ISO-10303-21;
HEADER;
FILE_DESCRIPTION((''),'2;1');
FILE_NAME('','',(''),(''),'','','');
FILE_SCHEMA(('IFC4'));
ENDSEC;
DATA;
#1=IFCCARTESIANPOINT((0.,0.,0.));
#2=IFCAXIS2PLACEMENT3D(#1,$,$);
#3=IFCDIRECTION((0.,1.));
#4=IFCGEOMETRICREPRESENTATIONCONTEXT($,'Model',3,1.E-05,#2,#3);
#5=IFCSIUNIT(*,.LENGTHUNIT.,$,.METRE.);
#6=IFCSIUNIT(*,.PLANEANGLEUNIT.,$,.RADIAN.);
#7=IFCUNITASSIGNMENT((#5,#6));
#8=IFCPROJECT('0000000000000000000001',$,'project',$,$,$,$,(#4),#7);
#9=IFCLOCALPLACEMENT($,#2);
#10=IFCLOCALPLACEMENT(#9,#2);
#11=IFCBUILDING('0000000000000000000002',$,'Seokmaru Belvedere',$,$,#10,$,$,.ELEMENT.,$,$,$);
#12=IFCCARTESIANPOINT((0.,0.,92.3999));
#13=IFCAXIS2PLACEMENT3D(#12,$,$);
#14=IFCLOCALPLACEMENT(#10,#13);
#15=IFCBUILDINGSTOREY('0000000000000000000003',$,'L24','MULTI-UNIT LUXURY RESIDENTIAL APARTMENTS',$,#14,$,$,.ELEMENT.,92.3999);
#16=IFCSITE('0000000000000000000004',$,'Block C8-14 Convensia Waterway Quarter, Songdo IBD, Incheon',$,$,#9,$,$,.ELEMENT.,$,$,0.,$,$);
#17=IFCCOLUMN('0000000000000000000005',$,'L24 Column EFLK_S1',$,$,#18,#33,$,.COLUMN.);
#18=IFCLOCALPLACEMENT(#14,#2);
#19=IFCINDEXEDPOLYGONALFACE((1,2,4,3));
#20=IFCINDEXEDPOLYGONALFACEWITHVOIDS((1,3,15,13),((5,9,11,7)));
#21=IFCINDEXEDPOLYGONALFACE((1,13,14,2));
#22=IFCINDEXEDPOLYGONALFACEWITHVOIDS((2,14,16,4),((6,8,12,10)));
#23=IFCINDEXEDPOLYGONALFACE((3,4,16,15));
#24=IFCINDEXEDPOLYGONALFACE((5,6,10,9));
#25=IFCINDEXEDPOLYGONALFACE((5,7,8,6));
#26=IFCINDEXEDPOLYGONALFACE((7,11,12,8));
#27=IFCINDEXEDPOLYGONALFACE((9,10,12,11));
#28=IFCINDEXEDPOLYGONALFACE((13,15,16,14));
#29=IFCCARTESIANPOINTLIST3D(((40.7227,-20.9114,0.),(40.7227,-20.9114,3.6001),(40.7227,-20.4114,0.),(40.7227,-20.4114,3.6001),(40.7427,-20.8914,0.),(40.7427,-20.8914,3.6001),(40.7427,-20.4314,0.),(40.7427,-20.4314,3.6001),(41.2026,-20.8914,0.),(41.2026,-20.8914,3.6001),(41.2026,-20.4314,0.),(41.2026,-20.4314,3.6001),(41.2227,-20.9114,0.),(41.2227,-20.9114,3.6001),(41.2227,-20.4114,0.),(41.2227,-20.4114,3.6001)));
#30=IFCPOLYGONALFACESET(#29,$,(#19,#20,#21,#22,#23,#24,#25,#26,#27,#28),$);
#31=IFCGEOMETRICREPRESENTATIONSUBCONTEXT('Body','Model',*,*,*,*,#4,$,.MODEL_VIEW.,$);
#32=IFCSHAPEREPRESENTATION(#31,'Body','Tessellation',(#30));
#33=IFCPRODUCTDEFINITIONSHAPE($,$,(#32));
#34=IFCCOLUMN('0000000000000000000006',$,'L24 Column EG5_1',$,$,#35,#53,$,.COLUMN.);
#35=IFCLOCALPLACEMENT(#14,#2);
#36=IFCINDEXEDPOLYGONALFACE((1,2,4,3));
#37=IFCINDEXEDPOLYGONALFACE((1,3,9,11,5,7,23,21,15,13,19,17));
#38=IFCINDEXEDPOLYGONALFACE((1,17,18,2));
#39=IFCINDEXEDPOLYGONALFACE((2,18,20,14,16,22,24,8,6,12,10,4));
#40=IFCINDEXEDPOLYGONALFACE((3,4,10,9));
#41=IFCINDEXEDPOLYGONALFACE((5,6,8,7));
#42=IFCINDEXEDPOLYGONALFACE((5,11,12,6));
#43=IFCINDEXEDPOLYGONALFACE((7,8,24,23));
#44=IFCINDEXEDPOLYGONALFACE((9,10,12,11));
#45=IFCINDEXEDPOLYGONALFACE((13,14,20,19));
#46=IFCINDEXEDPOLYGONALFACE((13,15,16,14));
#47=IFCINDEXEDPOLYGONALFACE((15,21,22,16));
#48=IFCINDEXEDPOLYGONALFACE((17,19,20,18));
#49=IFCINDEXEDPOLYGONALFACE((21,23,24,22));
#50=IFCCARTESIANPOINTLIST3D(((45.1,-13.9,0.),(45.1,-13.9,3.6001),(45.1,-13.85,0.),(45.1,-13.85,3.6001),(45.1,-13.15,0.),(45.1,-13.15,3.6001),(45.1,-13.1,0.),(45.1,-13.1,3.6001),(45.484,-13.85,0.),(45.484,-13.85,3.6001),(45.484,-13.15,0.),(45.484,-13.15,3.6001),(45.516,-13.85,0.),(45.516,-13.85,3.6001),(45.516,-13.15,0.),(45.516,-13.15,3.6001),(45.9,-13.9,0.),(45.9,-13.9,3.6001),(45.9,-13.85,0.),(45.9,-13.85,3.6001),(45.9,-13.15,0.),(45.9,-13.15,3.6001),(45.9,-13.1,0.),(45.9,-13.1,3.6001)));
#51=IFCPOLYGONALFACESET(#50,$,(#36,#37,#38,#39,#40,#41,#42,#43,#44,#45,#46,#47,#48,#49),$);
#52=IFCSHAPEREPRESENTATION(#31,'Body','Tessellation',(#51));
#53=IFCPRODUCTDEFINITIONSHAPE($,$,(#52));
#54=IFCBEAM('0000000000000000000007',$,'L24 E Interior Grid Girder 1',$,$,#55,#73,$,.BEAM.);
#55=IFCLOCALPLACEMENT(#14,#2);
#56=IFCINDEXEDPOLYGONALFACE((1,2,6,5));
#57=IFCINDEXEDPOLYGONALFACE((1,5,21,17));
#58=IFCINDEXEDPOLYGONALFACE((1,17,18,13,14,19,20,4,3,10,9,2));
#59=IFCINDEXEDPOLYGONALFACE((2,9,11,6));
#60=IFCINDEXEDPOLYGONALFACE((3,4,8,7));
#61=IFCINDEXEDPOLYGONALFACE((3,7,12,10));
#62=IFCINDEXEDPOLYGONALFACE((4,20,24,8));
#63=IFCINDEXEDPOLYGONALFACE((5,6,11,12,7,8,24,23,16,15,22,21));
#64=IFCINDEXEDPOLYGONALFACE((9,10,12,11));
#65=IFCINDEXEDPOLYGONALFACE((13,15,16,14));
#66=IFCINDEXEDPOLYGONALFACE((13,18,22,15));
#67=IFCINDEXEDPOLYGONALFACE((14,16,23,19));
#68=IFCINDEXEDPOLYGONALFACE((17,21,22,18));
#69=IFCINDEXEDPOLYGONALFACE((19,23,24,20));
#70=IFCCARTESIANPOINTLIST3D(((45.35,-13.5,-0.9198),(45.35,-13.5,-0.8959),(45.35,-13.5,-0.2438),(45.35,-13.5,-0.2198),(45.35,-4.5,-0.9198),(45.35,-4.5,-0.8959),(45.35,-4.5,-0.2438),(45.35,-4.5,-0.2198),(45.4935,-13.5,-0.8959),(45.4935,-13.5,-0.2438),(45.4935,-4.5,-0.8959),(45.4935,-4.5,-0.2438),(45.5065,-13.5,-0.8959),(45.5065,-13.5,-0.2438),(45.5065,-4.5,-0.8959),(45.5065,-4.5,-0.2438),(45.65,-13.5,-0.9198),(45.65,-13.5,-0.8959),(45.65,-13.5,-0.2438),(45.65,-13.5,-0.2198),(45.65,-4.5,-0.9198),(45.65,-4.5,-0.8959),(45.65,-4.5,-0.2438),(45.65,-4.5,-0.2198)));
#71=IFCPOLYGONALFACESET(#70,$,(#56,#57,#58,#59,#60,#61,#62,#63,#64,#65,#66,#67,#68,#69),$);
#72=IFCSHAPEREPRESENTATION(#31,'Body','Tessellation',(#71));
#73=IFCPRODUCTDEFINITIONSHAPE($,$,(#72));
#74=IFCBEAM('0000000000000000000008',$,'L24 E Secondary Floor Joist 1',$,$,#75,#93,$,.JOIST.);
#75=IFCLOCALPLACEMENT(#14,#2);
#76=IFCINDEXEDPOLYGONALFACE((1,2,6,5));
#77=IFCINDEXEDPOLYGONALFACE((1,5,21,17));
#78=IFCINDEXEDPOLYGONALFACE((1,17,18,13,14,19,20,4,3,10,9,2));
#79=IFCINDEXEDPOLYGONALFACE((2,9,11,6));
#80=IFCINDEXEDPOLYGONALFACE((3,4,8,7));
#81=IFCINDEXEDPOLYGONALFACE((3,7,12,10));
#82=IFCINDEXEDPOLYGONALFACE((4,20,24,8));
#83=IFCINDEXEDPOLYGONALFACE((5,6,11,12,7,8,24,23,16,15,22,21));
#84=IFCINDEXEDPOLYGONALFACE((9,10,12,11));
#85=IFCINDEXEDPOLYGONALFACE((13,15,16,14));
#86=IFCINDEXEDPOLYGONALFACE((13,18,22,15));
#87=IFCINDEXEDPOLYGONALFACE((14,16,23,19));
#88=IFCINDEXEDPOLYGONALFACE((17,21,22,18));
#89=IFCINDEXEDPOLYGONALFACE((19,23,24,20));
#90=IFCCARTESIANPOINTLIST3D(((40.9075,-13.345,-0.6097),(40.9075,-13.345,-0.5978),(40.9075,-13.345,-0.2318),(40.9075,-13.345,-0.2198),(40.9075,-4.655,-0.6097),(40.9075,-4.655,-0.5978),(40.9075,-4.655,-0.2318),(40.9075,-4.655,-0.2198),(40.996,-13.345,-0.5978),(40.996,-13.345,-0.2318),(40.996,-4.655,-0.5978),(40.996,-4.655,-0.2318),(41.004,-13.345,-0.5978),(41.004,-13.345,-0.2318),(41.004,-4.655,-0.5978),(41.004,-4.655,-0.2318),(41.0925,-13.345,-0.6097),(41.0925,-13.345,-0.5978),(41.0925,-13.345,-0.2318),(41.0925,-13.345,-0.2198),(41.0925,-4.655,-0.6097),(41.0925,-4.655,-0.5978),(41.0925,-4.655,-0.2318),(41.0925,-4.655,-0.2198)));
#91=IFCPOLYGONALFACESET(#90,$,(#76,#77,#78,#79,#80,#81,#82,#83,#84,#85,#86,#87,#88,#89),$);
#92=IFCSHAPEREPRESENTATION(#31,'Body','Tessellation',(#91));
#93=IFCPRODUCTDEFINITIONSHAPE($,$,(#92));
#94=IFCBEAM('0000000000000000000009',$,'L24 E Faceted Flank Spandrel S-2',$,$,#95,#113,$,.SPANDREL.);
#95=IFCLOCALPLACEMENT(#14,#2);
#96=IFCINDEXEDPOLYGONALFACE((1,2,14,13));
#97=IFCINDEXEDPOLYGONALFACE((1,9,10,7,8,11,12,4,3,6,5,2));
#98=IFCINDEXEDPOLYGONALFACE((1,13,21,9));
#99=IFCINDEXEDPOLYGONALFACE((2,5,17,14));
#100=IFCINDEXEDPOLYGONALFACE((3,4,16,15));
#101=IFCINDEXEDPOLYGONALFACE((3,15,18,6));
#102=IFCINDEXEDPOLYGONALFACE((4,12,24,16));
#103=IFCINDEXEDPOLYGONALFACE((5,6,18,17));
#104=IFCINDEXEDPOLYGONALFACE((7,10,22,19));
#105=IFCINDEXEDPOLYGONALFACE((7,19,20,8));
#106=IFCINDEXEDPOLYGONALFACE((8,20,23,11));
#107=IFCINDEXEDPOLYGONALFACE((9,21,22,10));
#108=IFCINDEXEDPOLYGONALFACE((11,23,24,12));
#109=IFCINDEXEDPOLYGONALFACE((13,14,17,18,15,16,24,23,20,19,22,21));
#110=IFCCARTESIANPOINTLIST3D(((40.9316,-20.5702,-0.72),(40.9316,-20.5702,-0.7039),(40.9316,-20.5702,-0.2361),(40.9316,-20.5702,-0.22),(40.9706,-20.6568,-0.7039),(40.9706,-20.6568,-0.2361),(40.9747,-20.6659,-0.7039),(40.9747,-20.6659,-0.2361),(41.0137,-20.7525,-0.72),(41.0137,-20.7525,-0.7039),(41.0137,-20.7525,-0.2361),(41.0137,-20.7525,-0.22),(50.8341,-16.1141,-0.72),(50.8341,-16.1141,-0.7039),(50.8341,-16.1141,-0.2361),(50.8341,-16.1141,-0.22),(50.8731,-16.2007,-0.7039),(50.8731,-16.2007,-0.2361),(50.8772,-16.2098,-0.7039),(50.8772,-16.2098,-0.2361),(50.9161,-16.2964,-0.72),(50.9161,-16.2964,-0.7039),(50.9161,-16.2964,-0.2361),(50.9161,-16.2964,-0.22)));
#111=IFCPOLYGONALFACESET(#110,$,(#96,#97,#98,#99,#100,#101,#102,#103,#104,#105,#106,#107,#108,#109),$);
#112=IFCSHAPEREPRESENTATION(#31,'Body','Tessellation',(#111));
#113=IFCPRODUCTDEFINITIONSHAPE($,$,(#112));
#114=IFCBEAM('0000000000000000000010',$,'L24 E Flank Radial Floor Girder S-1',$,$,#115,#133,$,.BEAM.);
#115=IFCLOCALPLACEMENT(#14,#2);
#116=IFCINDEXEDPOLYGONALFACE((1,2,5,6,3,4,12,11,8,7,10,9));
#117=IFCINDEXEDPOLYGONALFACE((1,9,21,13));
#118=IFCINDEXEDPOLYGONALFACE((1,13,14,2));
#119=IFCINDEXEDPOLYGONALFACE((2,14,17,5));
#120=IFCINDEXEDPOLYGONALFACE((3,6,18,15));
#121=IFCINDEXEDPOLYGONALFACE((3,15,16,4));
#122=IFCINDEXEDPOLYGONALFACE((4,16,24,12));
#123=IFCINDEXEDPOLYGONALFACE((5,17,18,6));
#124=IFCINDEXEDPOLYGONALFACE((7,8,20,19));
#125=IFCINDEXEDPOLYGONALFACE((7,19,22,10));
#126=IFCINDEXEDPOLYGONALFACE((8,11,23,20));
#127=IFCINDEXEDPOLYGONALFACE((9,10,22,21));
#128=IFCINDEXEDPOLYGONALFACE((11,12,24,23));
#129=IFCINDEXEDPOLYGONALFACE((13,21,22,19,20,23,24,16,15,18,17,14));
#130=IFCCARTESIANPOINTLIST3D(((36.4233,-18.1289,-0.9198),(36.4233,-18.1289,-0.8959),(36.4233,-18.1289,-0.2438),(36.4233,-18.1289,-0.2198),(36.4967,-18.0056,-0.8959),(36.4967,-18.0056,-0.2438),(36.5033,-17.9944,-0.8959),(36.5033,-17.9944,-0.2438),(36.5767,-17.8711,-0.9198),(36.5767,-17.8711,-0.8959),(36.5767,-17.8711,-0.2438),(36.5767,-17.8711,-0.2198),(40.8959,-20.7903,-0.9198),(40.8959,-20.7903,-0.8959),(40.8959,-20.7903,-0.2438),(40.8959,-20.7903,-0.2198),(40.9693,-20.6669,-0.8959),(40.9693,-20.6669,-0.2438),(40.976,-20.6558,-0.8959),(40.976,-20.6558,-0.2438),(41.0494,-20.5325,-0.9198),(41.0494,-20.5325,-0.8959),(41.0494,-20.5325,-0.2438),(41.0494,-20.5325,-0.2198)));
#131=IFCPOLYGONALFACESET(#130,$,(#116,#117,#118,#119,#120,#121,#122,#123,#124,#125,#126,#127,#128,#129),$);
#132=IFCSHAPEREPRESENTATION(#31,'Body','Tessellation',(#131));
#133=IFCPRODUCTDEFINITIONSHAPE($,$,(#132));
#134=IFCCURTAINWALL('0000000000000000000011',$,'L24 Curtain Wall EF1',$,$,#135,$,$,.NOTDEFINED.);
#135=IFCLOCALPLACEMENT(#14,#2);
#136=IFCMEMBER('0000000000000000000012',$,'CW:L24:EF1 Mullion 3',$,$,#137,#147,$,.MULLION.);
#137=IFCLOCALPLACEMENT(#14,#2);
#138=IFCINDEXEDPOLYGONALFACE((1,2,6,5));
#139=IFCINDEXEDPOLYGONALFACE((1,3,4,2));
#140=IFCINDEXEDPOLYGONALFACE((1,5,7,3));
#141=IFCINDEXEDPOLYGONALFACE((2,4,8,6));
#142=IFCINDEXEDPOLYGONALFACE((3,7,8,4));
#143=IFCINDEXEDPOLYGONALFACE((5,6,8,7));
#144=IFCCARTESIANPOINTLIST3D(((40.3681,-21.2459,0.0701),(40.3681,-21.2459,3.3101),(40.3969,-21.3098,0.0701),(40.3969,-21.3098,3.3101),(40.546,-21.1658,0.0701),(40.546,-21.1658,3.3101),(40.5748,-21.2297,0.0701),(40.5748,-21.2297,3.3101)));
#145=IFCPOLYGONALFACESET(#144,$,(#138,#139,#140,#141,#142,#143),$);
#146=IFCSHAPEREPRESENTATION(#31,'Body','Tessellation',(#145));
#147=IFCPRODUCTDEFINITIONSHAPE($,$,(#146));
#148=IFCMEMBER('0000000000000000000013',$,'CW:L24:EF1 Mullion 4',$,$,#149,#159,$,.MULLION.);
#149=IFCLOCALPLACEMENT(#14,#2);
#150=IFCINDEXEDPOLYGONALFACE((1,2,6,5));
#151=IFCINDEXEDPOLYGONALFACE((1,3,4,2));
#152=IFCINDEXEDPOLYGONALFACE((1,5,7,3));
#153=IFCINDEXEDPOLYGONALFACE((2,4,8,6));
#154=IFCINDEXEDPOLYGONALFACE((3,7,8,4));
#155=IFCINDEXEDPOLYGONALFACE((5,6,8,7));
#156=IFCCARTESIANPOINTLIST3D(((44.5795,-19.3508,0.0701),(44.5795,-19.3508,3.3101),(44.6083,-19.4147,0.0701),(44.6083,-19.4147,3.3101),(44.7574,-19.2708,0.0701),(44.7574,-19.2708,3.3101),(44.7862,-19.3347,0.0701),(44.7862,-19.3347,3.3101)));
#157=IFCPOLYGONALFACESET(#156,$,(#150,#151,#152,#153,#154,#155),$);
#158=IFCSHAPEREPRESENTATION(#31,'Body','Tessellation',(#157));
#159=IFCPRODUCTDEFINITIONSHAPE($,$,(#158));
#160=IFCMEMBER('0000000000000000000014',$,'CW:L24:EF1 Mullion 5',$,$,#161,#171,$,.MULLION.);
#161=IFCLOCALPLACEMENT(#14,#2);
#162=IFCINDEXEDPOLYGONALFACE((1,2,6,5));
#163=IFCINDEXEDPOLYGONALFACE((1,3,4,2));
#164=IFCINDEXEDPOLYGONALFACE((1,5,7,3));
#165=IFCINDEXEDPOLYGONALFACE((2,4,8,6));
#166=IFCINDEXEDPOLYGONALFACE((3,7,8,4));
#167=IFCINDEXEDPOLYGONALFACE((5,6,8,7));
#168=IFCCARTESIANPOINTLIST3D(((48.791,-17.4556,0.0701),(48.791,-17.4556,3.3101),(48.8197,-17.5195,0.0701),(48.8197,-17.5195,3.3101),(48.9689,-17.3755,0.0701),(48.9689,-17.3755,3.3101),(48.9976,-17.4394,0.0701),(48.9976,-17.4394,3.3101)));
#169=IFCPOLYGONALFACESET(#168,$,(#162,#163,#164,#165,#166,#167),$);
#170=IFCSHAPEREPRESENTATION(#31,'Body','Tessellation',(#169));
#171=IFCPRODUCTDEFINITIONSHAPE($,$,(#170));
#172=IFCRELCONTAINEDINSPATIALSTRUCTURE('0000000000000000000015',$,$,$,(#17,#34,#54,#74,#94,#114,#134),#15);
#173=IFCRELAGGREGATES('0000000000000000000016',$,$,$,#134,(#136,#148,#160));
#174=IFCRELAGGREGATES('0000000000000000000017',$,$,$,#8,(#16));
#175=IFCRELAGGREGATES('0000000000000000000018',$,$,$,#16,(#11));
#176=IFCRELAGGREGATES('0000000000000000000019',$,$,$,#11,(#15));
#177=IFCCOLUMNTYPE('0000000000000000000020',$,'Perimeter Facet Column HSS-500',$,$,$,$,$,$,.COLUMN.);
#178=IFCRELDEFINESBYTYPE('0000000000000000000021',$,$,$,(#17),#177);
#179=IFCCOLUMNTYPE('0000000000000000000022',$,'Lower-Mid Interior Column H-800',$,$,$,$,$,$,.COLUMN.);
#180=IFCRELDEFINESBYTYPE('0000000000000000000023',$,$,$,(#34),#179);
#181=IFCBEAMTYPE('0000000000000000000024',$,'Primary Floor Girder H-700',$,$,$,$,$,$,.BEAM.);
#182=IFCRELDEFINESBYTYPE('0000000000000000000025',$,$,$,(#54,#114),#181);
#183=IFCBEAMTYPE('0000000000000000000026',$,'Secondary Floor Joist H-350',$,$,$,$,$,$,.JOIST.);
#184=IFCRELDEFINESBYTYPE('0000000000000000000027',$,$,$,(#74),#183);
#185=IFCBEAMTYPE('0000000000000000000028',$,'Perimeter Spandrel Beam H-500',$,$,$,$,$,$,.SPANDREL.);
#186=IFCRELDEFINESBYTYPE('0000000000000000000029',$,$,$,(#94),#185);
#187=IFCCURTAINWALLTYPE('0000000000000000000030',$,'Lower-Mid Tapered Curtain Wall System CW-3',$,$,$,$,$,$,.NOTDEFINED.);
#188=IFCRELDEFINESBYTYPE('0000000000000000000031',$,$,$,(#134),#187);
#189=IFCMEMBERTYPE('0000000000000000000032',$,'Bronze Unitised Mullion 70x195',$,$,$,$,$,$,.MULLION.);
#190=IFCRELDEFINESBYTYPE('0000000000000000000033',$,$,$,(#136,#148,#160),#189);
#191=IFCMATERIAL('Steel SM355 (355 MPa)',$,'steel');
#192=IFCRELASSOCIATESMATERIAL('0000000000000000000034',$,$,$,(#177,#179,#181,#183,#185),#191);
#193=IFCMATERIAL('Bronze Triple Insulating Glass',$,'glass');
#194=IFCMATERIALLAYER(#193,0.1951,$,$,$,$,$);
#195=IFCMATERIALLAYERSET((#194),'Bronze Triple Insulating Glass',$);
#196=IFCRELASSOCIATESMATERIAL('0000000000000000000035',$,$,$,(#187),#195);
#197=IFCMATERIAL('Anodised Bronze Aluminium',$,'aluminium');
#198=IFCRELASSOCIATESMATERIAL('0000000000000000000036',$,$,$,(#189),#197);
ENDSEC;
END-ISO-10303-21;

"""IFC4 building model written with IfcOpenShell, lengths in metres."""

from ifc_helpers import new_model, si_unit, direction, frame, origin, origin_2d, place, context, subcontext, project, spatial, rectangle, hollow_rectangle, i_section, extrude, source, transform, mapped, material, layer, layer_set, material_profile, profile_set, type_object, type_shapes, element, aggregate, save


model = new_model("IFC4")

# Units and contexts
model_context = context("Model", 3, precision=1e-05, world=origin(), true_north=direction((0.0, 1.0)))
body_context = subcontext(model_context, "Body", "Model", "MODEL_VIEW")
ifc_project = project(units=[si_unit("LENGTHUNIT", "METRE"), si_unit("PLANEANGLEUNIT", "RADIAN")], contexts=[model_context])

# Site, building, storey
site_placement = place(None, origin())
site = spatial("IfcSite", under=ifc_project, at=site_placement, Name="Block C8-14 Convensia Waterway Quarter, Songdo IBD, Incheon", CompositionType="ELEMENT", RefElevation=0.0)
building_placement = place(site_placement, origin())
building = spatial("IfcBuilding", under=site, at=building_placement, Name="Seokmaru Belvedere", CompositionType="ELEMENT")
storey_placement = place(building_placement, frame((0.0, 0.0, 92.3999)))
storey = spatial("IfcBuildingStorey", under=building, at=storey_placement, Name="L24", Description="MULTI-UNIT LUXURY RESIDENTIAL APARTMENTS", CompositionType="ELEMENT", Elevation=92.3999)

# Columns
ifc_material_1 = material(Name="Steel SM355 (355 MPa)", Category="steel")
ifc_material_profile_1 = material_profile(ifc_material_1, hollow_rectangle(XDim=0.5, YDim=0.5, WallThickness=0.02, at=origin_2d()), Name="HSS-500x500x20")
ifc_profile_set_1 = profile_set([ifc_material_profile_1], Name="Steel SM355 (355 MPa)")
column_type_1 = type_object("IfcColumnType", Name="Perimeter Facet Column HSS-500", PredefinedType="COLUMN", material=ifc_profile_set_1)
shared_shape_1 = source(origin(), body_context, "Body", "SweptSolid", [
    extrude(hollow_rectangle(XDim=0.5, YDim=0.5, WallThickness=0.02, at=origin_2d()), origin(), (0.0, 0.0, 1.0), 3.6001),
])
type_shapes(column_type_1, [shared_shape_1])
column_1_placement = place(storey_placement, frame((40.9727, -20.6614, 0.0), z_axis=(0.0, 0.0, 1.0), x_axis=(1.0, 0.0, 0.0)))
element("IfcColumn", 1, at=column_1_placement, inside=storey, type_object=column_type_1, Name="L24 Column EFLK_S1", PredefinedType="COLUMN", context=body_context, shape_type="MappedRepresentation", body=[
    mapped(shared_shape_1, transform((0.0, 0.0, 0.0), scale=1.0)),
])
ifc_material_profile_2 = material_profile(ifc_material_1, i_section(OverallWidth=0.8, OverallDepth=0.8, WebThickness=0.032, FlangeThickness=0.05, at=origin_2d()), Name="H-800x800x32x50")
ifc_profile_set_2 = profile_set([ifc_material_profile_2], Name="Steel SM355 (355 MPa)")
column_type_2 = type_object("IfcColumnType", Name="Lower-Mid Interior Column H-800", PredefinedType="COLUMN", material=ifc_profile_set_2)
shared_shape_2 = source(origin(), body_context, "Body", "SweptSolid", [
    extrude(i_section(OverallWidth=0.8, OverallDepth=0.8, WebThickness=0.032, FlangeThickness=0.05, at=origin_2d()), origin(), (0.0, 0.0, 1.0), 3.6001),
])
type_shapes(column_type_2, [shared_shape_2])
column_2_placement = place(storey_placement, frame((45.5, -13.5, 0.0), z_axis=(0.0, 0.0, 1.0), x_axis=(1.0, 0.0, 0.0)))
element("IfcColumn", 2, at=column_2_placement, inside=storey, type_object=column_type_2, Name="L24 Column EG5_1", PredefinedType="COLUMN", context=body_context, shape_type="MappedRepresentation", body=[
    mapped(shared_shape_2, transform((0.0, 0.0, 0.0), scale=1.0)),
])

# Beams
ifc_material_profile_3 = material_profile(ifc_material_1, i_section(OverallWidth=0.3, OverallDepth=0.7, WebThickness=0.0129, FlangeThickness=0.0239, at=origin_2d()), Name="H-700x300x13x24")
ifc_profile_set_3 = profile_set([ifc_material_profile_3], Name="Steel SM355 (355 MPa)")
beam_type_1 = type_object("IfcBeamType", Name="Primary Floor Girder H-700", PredefinedType="BEAM", material=ifc_profile_set_3)
shared_shape_3 = source(origin(), body_context, "Body", "SweptSolid", [
    extrude(i_section(OverallWidth=0.3, OverallDepth=0.7, WebThickness=0.0129, FlangeThickness=0.0239, at=origin_2d()), origin(), (0.0, 0.0, 1.0), 9.0),
])
beam_1_placement = place(storey_placement, frame((45.5, -13.5, -0.5698), z_axis=(0.0, 1.0, 0.0), x_axis=(-1.0, 0.0, 0.0)))
element("IfcBeam", 3, at=beam_1_placement, inside=storey, type_object=beam_type_1, Name="L24 E Interior Grid Girder 1", PredefinedType="BEAM", context=body_context, shape_type="MappedRepresentation", body=[
    mapped(shared_shape_3, transform((0.0, 0.0, 0.0), scale=1.0)),
])
ifc_material_profile_4 = material_profile(ifc_material_1, i_section(OverallWidth=0.1851, OverallDepth=0.3899, WebThickness=0.0081, FlangeThickness=0.012, at=origin_2d()), Name="H-390x185x8x12")
ifc_profile_set_4 = profile_set([ifc_material_profile_4], Name="Steel SM355 (355 MPa)")
beam_type_2 = type_object("IfcBeamType", Name="Secondary Floor Joist H-350", PredefinedType="JOIST", material=ifc_profile_set_4)
shared_shape_4 = source(origin(), body_context, "Body", "SweptSolid", [
    extrude(i_section(OverallWidth=0.1851, OverallDepth=0.3899, WebThickness=0.0081, FlangeThickness=0.012, at=origin_2d()), origin(), (0.0, 0.0, 1.0), 8.6899),
])
type_shapes(beam_type_2, [shared_shape_4])
beam_2_placement = place(storey_placement, frame((41.0, -13.345, -0.4148), z_axis=(0.0, 1.0, 0.0), x_axis=(-1.0, 0.0, 0.0)))
element("IfcBeam", 4, at=beam_2_placement, inside=storey, type_object=beam_type_2, Name="L24 E Secondary Floor Joist 1", PredefinedType="JOIST", context=body_context, shape_type="MappedRepresentation", body=[
    mapped(shared_shape_4, transform((0.0, 0.0, 0.0), scale=1.0)),
])
ifc_material_profile_5 = material_profile(ifc_material_1, i_section(OverallWidth=0.2, OverallDepth=0.5, WebThickness=0.01, FlangeThickness=0.0161, at=origin_2d()), Name="H-500x200x10x16")
ifc_profile_set_5 = profile_set([ifc_material_profile_5], Name="Steel SM355 (355 MPa)")
beam_type_3 = type_object("IfcBeamType", Name="Perimeter Spandrel Beam H-500", PredefinedType="SPANDREL", material=ifc_profile_set_5)
shared_shape_5 = source(origin(), body_context, "Body", "SweptSolid", [
    extrude(i_section(OverallWidth=0.2, OverallDepth=0.5, WebThickness=0.01, FlangeThickness=0.0161, at=origin_2d()), origin(), (0.0, 0.0, 1.0), 10.8589),
])
type_shapes(beam_type_3, [shared_shape_5])
beam_3_placement = place(storey_placement, frame((40.9727, -20.6614, -0.47), z_axis=(0.911922, 0.410365, 0.0), x_axis=(-0.410365, 0.911922, 0.0)))
element("IfcBeam", 5, at=beam_3_placement, inside=storey, type_object=beam_type_3, Name="L24 E Faceted Flank Spandrel S-2", PredefinedType="SPANDREL", context=body_context, shape_type="MappedRepresentation", body=[
    mapped(shared_shape_5, transform((0.0, 0.0, 0.0), scale=1.0)),
])
shared_shape_6 = source(origin(), body_context, "Body", "SweptSolid", [
    extrude(i_section(OverallWidth=0.3, OverallDepth=0.7, WebThickness=0.0129, FlangeThickness=0.0239, at=origin_2d()), origin(), (0.0, 0.0, 1.0), 5.2046),
])
type_shapes(beam_type_1, [shared_shape_3, shared_shape_6])
beam_4_placement = place(storey_placement, frame((40.9727, -20.6614, -0.5698), z_axis=(-0.85937, 0.511354, 0.0), x_axis=(-0.511354, -0.85937, 0.0)))
element("IfcBeam", 6, at=beam_4_placement, inside=storey, type_object=beam_type_1, Name="L24 E Flank Radial Floor Girder S-1", PredefinedType="BEAM", context=body_context, shape_type="MappedRepresentation", body=[
    mapped(shared_shape_6, transform((0.0, 0.0, 0.0), scale=1.0)),
])

# Curtain wall, members
ifc_material_2 = material(Name="Bronze Triple Insulating Glass", Category="glass")
ifc_layer_1 = layer(ifc_material_2, 0.1951)
ifc_layer_set_1 = layer_set([ifc_layer_1], Name="Bronze Triple Insulating Glass")
curtain_wall_type = type_object("IfcCurtainWallType", Name="Lower-Mid Tapered Curtain Wall System CW-3", PredefinedType="NOTDEFINED", material=ifc_layer_set_1)
curtain_wall_placement = place(storey_placement, origin())
curtain_wall = element("IfcCurtainWall", 7, at=curtain_wall_placement, inside=storey, type_object=curtain_wall_type, Name="L24 Curtain Wall EF1", PredefinedType="NOTDEFINED")
ifc_material_3 = material(Name="Anodised Bronze Aluminium", Category="aluminium")
ifc_material_profile_6 = material_profile(ifc_material_3, rectangle(XDim=0.0701, YDim=0.1951, at=origin_2d()), Name="CW-M-70x195")
ifc_profile_set_6 = profile_set([ifc_material_profile_6], Name="Anodised Bronze Aluminium")
member_type = type_object("IfcMemberType", Name="Bronze Unitised Mullion 70x195", PredefinedType="MULLION", material=ifc_profile_set_6)
shared_shape_7 = source(origin(), body_context, "Body", "SweptSolid", [
    extrude(rectangle(XDim=0.0701, YDim=0.1951, at=origin_2d()), origin(), (0.0, 0.0, 1.0), 3.24),
])
type_shapes(member_type, [shared_shape_7])
member_1_placement = place(storey_placement, frame((40.4714, -21.2378, 0.0701), z_axis=(0.0, 0.0, 1.0), x_axis=(-0.410366, 0.911921, 0.0)))
member_1 = element("IfcMember", 8, at=member_1_placement, type_object=member_type, Name="CW:L24:EF1 Mullion 3", PredefinedType="MULLION", context=body_context, shape_type="MappedRepresentation", body=[
    mapped(shared_shape_7, transform((0.0, 0.0, 0.0), scale=1.0)),
])
member_2_placement = place(storey_placement, frame((44.6829, -19.3428, 0.0701), z_axis=(0.0, 0.0, 1.0), x_axis=(-0.410366, 0.911921, 0.0)))
member_2 = element("IfcMember", 9, at=member_2_placement, type_object=member_type, Name="CW:L24:EF1 Mullion 4", PredefinedType="MULLION", context=body_context, shape_type="MappedRepresentation", body=[
    mapped(shared_shape_7, transform((0.0, 0.0, 0.0), scale=1.0)),
])
member_3_placement = place(storey_placement, frame((48.8943, -17.4475, 0.0701), z_axis=(0.0, 0.0, 1.0), x_axis=(-0.410366, 0.911921, 0.0)))
member_3 = element("IfcMember", 10, at=member_3_placement, type_object=member_type, Name="CW:L24:EF1 Mullion 5", PredefinedType="MULLION", context=body_context, shape_type="MappedRepresentation", body=[
    mapped(shared_shape_7, transform((0.0, 0.0, 0.0), scale=1.0)),
])
aggregate(curtain_wall, [member_1, member_2, member_3])

save(model, "model.ifc")
